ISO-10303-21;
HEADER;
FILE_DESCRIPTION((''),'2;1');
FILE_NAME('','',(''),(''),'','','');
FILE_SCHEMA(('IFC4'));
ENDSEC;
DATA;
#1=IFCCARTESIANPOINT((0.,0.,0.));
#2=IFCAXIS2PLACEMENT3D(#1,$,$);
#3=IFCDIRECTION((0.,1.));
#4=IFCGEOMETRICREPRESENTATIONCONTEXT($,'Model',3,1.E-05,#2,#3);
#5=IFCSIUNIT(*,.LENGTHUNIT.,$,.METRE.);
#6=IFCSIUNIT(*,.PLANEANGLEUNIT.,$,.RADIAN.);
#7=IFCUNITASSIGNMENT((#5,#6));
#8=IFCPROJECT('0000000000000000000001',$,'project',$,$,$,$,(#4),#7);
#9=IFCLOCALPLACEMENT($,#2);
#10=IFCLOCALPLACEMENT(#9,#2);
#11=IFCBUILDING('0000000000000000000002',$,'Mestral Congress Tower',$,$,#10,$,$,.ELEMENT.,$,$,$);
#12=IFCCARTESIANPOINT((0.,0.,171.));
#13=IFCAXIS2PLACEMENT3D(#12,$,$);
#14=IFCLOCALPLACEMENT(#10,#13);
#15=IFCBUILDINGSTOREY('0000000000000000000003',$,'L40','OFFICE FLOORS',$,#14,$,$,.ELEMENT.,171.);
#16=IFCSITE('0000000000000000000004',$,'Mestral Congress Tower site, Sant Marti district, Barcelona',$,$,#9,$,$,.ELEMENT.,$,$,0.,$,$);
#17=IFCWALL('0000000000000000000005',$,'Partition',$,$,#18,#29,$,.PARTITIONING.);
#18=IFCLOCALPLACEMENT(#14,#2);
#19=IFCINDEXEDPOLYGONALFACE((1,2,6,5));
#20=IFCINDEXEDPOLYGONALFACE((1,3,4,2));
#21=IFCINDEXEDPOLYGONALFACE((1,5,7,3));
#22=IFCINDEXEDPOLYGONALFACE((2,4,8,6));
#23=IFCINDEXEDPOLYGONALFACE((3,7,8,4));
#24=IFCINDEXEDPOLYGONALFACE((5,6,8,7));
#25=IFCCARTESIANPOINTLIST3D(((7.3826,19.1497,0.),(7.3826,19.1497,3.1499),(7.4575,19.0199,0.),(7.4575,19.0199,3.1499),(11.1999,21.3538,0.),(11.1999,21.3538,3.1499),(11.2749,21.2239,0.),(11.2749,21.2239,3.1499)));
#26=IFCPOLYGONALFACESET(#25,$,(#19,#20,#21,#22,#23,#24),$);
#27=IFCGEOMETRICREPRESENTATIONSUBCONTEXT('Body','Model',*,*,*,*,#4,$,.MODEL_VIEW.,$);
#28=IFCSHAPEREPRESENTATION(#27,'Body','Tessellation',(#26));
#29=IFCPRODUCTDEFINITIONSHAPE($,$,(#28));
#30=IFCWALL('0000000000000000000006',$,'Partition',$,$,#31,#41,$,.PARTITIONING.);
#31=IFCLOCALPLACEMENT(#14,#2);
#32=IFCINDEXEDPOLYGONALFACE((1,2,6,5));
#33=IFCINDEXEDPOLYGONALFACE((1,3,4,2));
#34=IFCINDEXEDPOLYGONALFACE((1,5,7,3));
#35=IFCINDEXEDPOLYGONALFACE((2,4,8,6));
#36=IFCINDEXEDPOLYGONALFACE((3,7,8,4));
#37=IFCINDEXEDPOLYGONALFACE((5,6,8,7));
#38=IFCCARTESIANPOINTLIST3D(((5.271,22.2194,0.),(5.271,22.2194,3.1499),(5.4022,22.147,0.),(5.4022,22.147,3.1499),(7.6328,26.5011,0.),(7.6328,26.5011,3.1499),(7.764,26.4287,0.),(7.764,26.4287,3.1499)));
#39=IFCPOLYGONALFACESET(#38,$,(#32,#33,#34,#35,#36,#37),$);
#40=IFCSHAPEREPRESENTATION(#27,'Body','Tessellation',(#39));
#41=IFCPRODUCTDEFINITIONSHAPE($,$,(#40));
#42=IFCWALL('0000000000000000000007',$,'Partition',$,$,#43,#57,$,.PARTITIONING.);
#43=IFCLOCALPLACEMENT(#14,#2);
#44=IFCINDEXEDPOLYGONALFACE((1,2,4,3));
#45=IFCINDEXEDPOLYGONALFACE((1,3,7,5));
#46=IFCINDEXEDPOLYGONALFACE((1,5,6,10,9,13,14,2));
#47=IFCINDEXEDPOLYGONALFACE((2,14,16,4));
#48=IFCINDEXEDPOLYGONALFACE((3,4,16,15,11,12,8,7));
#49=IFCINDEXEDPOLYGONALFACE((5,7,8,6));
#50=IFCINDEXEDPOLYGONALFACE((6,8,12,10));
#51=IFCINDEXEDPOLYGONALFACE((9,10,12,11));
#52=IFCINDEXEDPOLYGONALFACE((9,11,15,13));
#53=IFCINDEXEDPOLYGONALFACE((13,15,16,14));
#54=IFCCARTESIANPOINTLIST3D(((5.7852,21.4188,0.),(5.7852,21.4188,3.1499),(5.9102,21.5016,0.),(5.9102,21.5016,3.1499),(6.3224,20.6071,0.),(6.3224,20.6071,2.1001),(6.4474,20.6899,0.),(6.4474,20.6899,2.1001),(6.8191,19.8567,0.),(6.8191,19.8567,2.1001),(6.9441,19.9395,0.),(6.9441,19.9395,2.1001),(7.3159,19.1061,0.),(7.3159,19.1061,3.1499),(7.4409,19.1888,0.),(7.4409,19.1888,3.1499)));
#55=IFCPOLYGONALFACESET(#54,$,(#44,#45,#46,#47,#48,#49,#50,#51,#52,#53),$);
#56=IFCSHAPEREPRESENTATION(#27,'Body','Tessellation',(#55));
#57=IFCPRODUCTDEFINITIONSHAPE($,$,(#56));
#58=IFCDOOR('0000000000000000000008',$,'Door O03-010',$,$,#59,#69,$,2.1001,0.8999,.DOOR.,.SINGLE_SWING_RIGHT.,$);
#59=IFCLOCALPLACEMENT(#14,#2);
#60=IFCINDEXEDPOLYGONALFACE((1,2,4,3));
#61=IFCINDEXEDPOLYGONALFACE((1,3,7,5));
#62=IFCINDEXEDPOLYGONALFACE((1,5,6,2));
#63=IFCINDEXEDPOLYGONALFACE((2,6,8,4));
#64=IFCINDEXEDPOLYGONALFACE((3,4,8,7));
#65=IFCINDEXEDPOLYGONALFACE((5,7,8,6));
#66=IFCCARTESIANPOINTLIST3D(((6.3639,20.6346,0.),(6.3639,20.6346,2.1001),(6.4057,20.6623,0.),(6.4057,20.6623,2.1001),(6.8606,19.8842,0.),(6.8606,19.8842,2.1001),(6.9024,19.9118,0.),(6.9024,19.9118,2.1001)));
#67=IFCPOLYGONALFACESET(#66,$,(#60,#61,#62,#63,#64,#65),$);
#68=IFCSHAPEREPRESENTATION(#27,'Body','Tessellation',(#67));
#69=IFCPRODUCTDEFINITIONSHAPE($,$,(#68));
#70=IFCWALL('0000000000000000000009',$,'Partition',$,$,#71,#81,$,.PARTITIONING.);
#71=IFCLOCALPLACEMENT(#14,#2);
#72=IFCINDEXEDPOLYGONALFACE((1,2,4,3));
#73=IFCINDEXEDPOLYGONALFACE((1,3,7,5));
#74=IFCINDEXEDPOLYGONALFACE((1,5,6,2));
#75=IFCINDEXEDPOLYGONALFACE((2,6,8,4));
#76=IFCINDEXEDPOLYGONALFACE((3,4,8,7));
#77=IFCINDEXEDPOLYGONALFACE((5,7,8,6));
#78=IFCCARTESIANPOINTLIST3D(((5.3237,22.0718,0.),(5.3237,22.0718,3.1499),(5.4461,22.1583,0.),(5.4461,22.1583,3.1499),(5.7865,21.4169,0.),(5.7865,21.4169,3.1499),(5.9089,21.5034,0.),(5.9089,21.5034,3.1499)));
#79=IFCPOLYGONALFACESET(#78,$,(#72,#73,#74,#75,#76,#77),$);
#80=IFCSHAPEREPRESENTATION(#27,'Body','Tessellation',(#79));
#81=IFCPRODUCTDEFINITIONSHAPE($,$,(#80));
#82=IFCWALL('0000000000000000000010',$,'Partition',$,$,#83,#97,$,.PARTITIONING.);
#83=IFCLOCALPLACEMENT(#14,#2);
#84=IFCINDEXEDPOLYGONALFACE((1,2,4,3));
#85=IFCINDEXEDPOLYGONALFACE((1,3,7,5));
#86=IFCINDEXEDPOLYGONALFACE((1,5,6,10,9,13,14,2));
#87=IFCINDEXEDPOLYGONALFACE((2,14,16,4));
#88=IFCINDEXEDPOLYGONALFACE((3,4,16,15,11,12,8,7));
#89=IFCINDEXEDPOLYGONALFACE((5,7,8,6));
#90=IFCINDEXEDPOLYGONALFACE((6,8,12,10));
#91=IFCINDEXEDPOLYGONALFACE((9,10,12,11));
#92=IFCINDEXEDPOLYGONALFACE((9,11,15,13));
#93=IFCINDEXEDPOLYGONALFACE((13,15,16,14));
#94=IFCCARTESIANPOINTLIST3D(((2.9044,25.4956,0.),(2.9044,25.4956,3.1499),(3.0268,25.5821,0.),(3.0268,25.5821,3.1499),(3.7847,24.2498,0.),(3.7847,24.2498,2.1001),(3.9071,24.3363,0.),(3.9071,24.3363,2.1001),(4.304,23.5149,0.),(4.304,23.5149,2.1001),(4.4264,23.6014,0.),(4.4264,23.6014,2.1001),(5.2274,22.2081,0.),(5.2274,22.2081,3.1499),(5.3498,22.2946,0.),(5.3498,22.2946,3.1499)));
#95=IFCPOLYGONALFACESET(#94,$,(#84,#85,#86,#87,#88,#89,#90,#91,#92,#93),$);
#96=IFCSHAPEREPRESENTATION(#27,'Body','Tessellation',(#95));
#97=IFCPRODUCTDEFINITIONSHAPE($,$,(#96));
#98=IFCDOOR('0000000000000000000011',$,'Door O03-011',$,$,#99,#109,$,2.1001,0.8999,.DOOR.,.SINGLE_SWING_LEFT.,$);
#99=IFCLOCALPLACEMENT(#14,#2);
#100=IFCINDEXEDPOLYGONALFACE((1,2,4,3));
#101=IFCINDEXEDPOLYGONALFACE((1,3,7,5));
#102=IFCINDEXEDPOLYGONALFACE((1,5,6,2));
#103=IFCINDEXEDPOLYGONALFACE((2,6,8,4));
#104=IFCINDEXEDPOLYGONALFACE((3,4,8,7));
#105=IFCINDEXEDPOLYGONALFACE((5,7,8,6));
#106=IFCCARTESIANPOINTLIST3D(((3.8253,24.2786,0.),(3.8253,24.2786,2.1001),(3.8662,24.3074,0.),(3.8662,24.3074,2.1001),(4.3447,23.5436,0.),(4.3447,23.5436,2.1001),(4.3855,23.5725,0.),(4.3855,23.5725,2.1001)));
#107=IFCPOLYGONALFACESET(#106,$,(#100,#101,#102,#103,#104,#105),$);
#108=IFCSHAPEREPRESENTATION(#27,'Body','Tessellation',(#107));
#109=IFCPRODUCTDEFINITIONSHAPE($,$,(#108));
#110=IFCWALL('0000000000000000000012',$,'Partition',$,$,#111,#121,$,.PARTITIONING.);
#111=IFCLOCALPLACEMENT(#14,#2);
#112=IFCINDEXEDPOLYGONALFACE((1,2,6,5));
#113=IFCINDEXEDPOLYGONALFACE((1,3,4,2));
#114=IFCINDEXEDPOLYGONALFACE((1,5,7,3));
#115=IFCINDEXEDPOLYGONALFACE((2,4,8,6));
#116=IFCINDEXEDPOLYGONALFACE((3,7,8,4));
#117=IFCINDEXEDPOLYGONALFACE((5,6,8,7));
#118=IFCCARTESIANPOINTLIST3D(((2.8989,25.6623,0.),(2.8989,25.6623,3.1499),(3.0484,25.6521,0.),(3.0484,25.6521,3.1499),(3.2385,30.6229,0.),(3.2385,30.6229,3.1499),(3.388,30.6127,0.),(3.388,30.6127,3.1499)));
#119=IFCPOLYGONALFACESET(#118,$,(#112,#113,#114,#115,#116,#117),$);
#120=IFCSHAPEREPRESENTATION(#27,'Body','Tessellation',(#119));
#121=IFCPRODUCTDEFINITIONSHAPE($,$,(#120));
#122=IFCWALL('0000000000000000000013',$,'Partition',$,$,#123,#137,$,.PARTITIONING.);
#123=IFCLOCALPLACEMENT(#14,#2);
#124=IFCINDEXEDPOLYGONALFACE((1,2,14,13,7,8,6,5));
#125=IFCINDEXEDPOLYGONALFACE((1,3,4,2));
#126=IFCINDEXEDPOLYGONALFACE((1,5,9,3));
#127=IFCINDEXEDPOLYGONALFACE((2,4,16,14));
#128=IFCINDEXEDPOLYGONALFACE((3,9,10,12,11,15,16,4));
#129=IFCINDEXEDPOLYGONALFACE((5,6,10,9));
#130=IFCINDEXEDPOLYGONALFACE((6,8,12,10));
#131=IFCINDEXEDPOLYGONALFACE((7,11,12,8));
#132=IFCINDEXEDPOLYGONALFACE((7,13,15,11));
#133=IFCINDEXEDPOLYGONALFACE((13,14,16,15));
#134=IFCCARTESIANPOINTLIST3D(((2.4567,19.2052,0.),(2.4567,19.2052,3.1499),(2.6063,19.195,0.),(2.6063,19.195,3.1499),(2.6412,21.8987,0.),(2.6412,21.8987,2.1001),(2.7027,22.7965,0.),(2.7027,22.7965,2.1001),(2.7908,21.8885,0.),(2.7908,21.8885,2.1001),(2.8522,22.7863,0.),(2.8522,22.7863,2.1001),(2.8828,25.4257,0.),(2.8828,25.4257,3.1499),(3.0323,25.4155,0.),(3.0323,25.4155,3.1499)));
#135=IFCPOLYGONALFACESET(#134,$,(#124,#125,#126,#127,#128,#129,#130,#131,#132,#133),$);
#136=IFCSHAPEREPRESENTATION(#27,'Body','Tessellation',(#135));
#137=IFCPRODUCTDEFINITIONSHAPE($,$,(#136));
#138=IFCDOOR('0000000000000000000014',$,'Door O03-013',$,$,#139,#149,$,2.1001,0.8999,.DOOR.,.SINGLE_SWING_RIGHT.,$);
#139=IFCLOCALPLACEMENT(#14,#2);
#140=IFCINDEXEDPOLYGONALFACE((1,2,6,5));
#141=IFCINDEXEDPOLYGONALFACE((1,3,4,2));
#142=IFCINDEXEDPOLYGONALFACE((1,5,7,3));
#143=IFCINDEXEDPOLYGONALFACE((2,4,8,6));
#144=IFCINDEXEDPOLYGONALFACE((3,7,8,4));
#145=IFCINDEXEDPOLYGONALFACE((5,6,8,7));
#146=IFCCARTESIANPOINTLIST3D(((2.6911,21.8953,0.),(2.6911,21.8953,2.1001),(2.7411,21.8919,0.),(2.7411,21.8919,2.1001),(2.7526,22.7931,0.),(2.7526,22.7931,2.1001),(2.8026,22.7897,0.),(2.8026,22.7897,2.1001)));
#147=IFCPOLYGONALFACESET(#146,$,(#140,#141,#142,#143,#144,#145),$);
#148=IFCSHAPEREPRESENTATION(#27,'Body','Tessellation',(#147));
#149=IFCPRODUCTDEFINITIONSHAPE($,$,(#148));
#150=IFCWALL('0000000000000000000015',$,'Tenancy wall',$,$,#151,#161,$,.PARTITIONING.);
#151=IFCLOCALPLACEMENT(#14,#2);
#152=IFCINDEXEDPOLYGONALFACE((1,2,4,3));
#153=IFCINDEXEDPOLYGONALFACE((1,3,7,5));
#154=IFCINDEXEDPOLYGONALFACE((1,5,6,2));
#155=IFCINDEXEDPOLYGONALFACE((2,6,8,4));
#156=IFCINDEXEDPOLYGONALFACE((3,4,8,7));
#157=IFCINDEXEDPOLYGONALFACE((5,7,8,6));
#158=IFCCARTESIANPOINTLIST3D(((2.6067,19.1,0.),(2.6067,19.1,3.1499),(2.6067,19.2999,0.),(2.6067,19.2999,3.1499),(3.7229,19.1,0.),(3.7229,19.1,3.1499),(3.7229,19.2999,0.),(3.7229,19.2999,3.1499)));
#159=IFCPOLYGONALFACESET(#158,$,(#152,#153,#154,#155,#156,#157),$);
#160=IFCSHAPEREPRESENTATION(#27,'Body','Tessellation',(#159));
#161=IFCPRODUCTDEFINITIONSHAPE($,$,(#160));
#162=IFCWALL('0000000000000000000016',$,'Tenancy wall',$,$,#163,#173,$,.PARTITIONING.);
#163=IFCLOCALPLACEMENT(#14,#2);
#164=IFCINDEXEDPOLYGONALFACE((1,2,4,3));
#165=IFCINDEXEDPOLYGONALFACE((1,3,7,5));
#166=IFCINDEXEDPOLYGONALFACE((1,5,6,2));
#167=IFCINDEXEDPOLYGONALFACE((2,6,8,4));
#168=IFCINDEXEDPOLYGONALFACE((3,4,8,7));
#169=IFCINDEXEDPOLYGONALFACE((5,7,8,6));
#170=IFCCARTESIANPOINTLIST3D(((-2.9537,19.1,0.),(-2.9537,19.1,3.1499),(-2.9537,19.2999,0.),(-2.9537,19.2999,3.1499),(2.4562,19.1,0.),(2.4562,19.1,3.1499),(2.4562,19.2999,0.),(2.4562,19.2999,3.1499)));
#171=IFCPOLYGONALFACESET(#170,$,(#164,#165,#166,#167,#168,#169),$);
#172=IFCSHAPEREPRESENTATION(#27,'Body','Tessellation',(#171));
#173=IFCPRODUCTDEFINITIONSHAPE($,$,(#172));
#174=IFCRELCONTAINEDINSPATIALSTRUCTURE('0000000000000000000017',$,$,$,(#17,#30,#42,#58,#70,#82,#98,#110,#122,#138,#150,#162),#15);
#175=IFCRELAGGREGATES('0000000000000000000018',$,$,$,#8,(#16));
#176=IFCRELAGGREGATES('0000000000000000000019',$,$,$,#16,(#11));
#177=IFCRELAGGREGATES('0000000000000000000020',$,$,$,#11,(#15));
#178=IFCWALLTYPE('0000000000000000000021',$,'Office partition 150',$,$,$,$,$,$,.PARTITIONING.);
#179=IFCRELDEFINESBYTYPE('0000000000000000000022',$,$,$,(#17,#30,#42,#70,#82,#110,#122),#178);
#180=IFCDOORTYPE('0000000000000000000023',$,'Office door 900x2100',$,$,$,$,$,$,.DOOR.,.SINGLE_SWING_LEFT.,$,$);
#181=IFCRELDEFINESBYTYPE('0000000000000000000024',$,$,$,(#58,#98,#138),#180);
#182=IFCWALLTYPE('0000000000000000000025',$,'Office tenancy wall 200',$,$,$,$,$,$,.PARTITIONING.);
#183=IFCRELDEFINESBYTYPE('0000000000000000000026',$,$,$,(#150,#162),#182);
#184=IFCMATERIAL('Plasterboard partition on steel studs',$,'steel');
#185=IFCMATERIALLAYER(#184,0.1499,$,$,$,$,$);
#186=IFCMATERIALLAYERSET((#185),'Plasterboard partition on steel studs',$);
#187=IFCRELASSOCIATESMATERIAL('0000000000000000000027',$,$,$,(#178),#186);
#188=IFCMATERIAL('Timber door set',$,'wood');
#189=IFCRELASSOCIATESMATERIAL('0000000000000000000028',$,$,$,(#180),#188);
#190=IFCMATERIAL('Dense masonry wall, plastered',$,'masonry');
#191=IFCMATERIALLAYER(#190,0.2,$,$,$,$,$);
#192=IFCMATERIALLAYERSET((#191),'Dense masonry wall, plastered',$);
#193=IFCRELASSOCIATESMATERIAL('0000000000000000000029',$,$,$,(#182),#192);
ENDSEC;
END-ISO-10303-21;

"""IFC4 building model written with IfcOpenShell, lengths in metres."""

from ifc_helpers import new_model, si_unit, direction, frame, frame_2d, origin, place, context, subcontext, project, spatial, rectangle, extrude, material, layer, layer_set, type_object, element, fill, save


model = new_model("IFC4")

# Units and contexts
model_context = context("Model", 3, precision=1e-05, world=origin(), true_north=direction((0.0, 1.0)))
body_context = subcontext(model_context, "Body", "Model", "MODEL_VIEW")
ifc_project = project(units=[si_unit("LENGTHUNIT", "METRE"), si_unit("PLANEANGLEUNIT", "RADIAN")], contexts=[model_context])

# Site, building, storey
site_placement = place(None, origin())
site = spatial("IfcSite", under=ifc_project, at=site_placement, Name="Mestral Congress Tower site, Sant Marti district, Barcelona", CompositionType="ELEMENT", RefElevation=0.0)
building_placement = place(site_placement, origin())
building = spatial("IfcBuilding", under=site, at=building_placement, Name="Mestral Congress Tower", CompositionType="ELEMENT")
storey_placement = place(building_placement, frame((0.0, 0.0, 171.0)))
storey = spatial("IfcBuildingStorey", under=building, at=storey_placement, Name="L40", Description="OFFICE FLOORS", CompositionType="ELEMENT", Elevation=171.0)

# Walls
ifc_material_1 = material(Name="Plasterboard partition on steel studs", Category="steel")
ifc_layer_1 = layer(ifc_material_1, 0.1499)
ifc_layer_set_1 = layer_set([ifc_layer_1], Name="Plasterboard partition on steel studs")
wall_type_1 = type_object("IfcWallType", Name="Office partition 150", PredefinedType="PARTITIONING", material=ifc_layer_set_1)
wall_1_placement = place(storey_placement, frame((7.4199, 19.0847, 0.0), z_axis=(0.0, 0.0, 1.0), x_axis=(0.866012, 0.500023, 0.0)))
element("IfcWall", 1, at=wall_1_placement, inside=storey, type_object=wall_type_1, Name="Partition", PredefinedType="PARTITIONING", context=body_context, shape_type="SweptSolid", body=[
    extrude(rectangle(XDim=4.408, YDim=0.1499, at=frame_2d((2.2041, 0.0))), origin(), (0.0, 0.0, 1.0), 3.1499),
])
wall_2_placement = place(storey_placement, frame((5.3367, 22.1833, 0.0), z_axis=(0.0, 0.0, 1.0), x_axis=(0.482996, 0.875623, 0.0)))
element("IfcWall", 2, at=wall_2_placement, inside=storey, type_object=wall_type_1, Name="Partition", PredefinedType="PARTITIONING", context=body_context, shape_type="SweptSolid", body=[
    extrude(rectangle(XDim=4.8899, YDim=0.1499, at=frame_2d((2.4448, 0.0))), origin(), (0.0, 0.0, 1.0), 3.1499),
])

# Wall, opening, door
wall_3_placement = place(storey_placement, frame((5.8477, 21.4602, 0.0), z_axis=(0.0, 0.0, 1.0), x_axis=(0.551934, -0.833888, 0.0)))
wall_3 = element("IfcWall", 3, at=wall_3_placement, inside=storey, type_object=wall_type_1, Name="Partition", PredefinedType="PARTITIONING", context=body_context, shape_type="SweptSolid", body=[
    extrude(rectangle(XDim=2.7734, YDim=0.1499, at=frame_2d((1.3867, 0.0))), origin(), (0.0, 0.0, 1.0), 3.1499),
])
opening_1_placement = place(wall_3_placement, frame((0.9734, 0.0, 0.0)))
opening_1 = element("IfcOpeningElement", 4, at=opening_1_placement, cuts=wall_3, PredefinedType="OPENING", context=body_context, shape_type="SweptSolid", body=[
    extrude(rectangle(XDim=0.8999, YDim=2.1001, at=frame_2d((0.45, 1.05))), frame((0.0, 0.085, 0.0), z_axis=(0.0, -1.0, 0.0), x_axis=(1.0, 0.0, 0.0)), (0.0, 0.0, 1.0), 0.1699),
])
ifc_material_2 = material(Name="Timber door set", Category="wood")
door_type = type_object("IfcDoorType", Name="Office door 900x2100", OperationType="SINGLE_SWING_LEFT", PredefinedType="DOOR", material=ifc_material_2)
door_1_placement = place(opening_1_placement, origin())
door_1 = element("IfcDoor", 5, at=door_1_placement, inside=storey, type_object=door_type, Name="Door O03-010", OperationType="SINGLE_SWING_RIGHT", OverallHeight=2.1001, OverallWidth=0.8999, PredefinedType="DOOR", context=body_context, shape_type="SweptSolid", body=[
    extrude(rectangle(XDim=0.8999, YDim=2.1001, at=frame_2d((0.45, 1.05))), frame((0.0, 0.0249, 0.0), z_axis=(0.0, -1.0, 0.0), x_axis=(1.0, 0.0, 0.0)), (0.0, 0.0, 1.0), 0.05),
])
fill(opening_1, door_1)

# Wall
wall_4_placement = place(storey_placement, frame((5.8477, 21.4602, 0.0), z_axis=(0.0, 0.0, 1.0), x_axis=(-0.577113, 0.816664, 0.0)))
element("IfcWall", 6, at=wall_4_placement, inside=storey, type_object=wall_type_1, Name="Partition", PredefinedType="PARTITIONING", context=body_context, shape_type="SweptSolid", body=[
    extrude(rectangle(XDim=0.802, YDim=0.1499, at=frame_2d((0.4009, 0.0))), origin(), (0.0, 0.0, 1.0), 3.1499),
])

# Wall, opening, door
wall_5_placement = place(storey_placement, frame((2.9656, 25.5388, 0.0), z_axis=(0.0, 0.0, 1.0), x_axis=(0.5771, -0.816674, 0.0)))
wall_5 = element("IfcWall", 7, at=wall_5_placement, inside=storey, type_object=wall_type_1, Name="Partition", PredefinedType="PARTITIONING", context=body_context, shape_type="SweptSolid", body=[
    extrude(rectangle(XDim=4.0254, YDim=0.1499, at=frame_2d((2.0127, 0.0))), origin(), (0.0, 0.0, 1.0), 3.1499),
])
opening_2_placement = place(wall_5_placement, frame((1.5254, 0.0, 0.0)))
opening_2 = element("IfcOpeningElement", 8, at=opening_2_placement, cuts=wall_5, PredefinedType="OPENING", context=body_context, shape_type="SweptSolid", body=[
    extrude(rectangle(XDim=0.8999, YDim=2.1001, at=frame_2d((0.45, 1.05))), frame((0.0, 0.085, 0.0), z_axis=(0.0, -1.0, 0.0), x_axis=(1.0, 0.0, 0.0)), (0.0, 0.0, 1.0), 0.1699),
])
door_2_placement = place(opening_2_placement, origin())
door_2 = element("IfcDoor", 9, at=door_2_placement, inside=storey, type_object=door_type, Name="Door O03-011", OperationType="SINGLE_SWING_LEFT", OverallHeight=2.1001, OverallWidth=0.8999, PredefinedType="DOOR", context=body_context, shape_type="SweptSolid", body=[
    extrude(rectangle(XDim=0.8999, YDim=2.1001, at=frame_2d((0.45, 1.05))), frame((0.0, 0.0249, 0.0), z_axis=(0.0, -1.0, 0.0), x_axis=(1.0, 0.0, 0.0)), (0.0, 0.0, 1.0), 0.05),
])
fill(opening_2, door_2)

# Wall
wall_6_placement = place(storey_placement, frame((2.9736, 25.6572, 0.0), z_axis=(0.0, 0.0, 1.0), x_axis=(0.068302, 0.997665, 0.0)))
element("IfcWall", 10, at=wall_6_placement, inside=storey, type_object=wall_type_1, Name="Partition", PredefinedType="PARTITIONING", context=body_context, shape_type="SweptSolid", body=[
    extrude(rectangle(XDim=4.9722, YDim=0.1499, at=frame_2d((2.4861, 0.0))), origin(), (0.0, 0.0, 1.0), 3.1499),
])

# Wall, opening, door
wall_7_placement = place(storey_placement, frame((2.5315, 19.2, 0.0), z_axis=(0.0, 0.0, 1.0), x_axis=(0.068328, 0.997663, 0.0)))
wall_7 = element("IfcWall", 11, at=wall_7_placement, inside=storey, type_object=wall_type_1, Name="Partition", PredefinedType="PARTITIONING", context=body_context, shape_type="SweptSolid", body=[
    extrude(rectangle(XDim=6.2351, YDim=0.1499, at=frame_2d((3.1177, 0.0))), origin(), (0.0, 0.0, 1.0), 3.1499),
])
opening_3_placement = place(wall_7_placement, frame((2.7, 0.0, 0.0)))
opening_3 = element("IfcOpeningElement", 12, at=opening_3_placement, cuts=wall_7, PredefinedType="OPENING", context=body_context, shape_type="SweptSolid", body=[
    extrude(rectangle(XDim=0.8999, YDim=2.1001, at=frame_2d((0.45, 1.05))), frame((0.0, 0.085, 0.0), z_axis=(0.0, -1.0, 0.0), x_axis=(1.0, 0.0, 0.0)), (0.0, 0.0, 1.0), 0.1699),
])
door_3_placement = place(opening_3_placement, origin())
door_3 = element("IfcDoor", 13, at=door_3_placement, inside=storey, type_object=door_type, Name="Door O03-013", OperationType="SINGLE_SWING_RIGHT", OverallHeight=2.1001, OverallWidth=0.8999, PredefinedType="DOOR", context=body_context, shape_type="SweptSolid", body=[
    extrude(rectangle(XDim=0.8999, YDim=2.1001, at=frame_2d((0.45, 1.05))), frame((0.0, 0.0249, 0.0), z_axis=(0.0, -1.0, 0.0), x_axis=(1.0, 0.0, 0.0)), (0.0, 0.0, 1.0), 0.05),
])
fill(opening_3, door_3)

# Walls
ifc_material_3 = material(Name="Dense masonry wall, plastered", Category="masonry")
ifc_layer_2 = layer(ifc_material_3, 0.2)
ifc_layer_set_2 = layer_set([ifc_layer_2], Name="Dense masonry wall, plastered")
wall_type_2 = type_object("IfcWallType", Name="Office tenancy wall 200", PredefinedType="PARTITIONING", material=ifc_layer_set_2)
wall_8_placement = place(storey_placement, frame((3.7229, 19.2, 0.0), z_axis=(0.0, 0.0, 1.0), x_axis=(-1.0, 0.0, 0.0)))
element("IfcWall", 14, at=wall_8_placement, inside=storey, type_object=wall_type_2, Name="Tenancy wall", PredefinedType="PARTITIONING", context=body_context, shape_type="SweptSolid", body=[
    extrude(rectangle(XDim=1.1162, YDim=0.2, at=frame_2d((0.5581, 0.0))), origin(), (0.0, 0.0, 1.0), 3.1499),
])
wall_9_placement = place(storey_placement, frame((2.4563, 19.2, 0.0), z_axis=(0.0, 0.0, 1.0), x_axis=(-1.0, 0.0, 0.0)))
element("IfcWall", 15, at=wall_9_placement, inside=storey, type_object=wall_type_2, Name="Tenancy wall", PredefinedType="PARTITIONING", context=body_context, shape_type="SweptSolid", body=[
    extrude(rectangle(XDim=5.4099, YDim=0.2, at=frame_2d((2.7051, 0.0))), origin(), (0.0, 0.0, 1.0), 3.1499),
])

save(model, "model.ifc")
